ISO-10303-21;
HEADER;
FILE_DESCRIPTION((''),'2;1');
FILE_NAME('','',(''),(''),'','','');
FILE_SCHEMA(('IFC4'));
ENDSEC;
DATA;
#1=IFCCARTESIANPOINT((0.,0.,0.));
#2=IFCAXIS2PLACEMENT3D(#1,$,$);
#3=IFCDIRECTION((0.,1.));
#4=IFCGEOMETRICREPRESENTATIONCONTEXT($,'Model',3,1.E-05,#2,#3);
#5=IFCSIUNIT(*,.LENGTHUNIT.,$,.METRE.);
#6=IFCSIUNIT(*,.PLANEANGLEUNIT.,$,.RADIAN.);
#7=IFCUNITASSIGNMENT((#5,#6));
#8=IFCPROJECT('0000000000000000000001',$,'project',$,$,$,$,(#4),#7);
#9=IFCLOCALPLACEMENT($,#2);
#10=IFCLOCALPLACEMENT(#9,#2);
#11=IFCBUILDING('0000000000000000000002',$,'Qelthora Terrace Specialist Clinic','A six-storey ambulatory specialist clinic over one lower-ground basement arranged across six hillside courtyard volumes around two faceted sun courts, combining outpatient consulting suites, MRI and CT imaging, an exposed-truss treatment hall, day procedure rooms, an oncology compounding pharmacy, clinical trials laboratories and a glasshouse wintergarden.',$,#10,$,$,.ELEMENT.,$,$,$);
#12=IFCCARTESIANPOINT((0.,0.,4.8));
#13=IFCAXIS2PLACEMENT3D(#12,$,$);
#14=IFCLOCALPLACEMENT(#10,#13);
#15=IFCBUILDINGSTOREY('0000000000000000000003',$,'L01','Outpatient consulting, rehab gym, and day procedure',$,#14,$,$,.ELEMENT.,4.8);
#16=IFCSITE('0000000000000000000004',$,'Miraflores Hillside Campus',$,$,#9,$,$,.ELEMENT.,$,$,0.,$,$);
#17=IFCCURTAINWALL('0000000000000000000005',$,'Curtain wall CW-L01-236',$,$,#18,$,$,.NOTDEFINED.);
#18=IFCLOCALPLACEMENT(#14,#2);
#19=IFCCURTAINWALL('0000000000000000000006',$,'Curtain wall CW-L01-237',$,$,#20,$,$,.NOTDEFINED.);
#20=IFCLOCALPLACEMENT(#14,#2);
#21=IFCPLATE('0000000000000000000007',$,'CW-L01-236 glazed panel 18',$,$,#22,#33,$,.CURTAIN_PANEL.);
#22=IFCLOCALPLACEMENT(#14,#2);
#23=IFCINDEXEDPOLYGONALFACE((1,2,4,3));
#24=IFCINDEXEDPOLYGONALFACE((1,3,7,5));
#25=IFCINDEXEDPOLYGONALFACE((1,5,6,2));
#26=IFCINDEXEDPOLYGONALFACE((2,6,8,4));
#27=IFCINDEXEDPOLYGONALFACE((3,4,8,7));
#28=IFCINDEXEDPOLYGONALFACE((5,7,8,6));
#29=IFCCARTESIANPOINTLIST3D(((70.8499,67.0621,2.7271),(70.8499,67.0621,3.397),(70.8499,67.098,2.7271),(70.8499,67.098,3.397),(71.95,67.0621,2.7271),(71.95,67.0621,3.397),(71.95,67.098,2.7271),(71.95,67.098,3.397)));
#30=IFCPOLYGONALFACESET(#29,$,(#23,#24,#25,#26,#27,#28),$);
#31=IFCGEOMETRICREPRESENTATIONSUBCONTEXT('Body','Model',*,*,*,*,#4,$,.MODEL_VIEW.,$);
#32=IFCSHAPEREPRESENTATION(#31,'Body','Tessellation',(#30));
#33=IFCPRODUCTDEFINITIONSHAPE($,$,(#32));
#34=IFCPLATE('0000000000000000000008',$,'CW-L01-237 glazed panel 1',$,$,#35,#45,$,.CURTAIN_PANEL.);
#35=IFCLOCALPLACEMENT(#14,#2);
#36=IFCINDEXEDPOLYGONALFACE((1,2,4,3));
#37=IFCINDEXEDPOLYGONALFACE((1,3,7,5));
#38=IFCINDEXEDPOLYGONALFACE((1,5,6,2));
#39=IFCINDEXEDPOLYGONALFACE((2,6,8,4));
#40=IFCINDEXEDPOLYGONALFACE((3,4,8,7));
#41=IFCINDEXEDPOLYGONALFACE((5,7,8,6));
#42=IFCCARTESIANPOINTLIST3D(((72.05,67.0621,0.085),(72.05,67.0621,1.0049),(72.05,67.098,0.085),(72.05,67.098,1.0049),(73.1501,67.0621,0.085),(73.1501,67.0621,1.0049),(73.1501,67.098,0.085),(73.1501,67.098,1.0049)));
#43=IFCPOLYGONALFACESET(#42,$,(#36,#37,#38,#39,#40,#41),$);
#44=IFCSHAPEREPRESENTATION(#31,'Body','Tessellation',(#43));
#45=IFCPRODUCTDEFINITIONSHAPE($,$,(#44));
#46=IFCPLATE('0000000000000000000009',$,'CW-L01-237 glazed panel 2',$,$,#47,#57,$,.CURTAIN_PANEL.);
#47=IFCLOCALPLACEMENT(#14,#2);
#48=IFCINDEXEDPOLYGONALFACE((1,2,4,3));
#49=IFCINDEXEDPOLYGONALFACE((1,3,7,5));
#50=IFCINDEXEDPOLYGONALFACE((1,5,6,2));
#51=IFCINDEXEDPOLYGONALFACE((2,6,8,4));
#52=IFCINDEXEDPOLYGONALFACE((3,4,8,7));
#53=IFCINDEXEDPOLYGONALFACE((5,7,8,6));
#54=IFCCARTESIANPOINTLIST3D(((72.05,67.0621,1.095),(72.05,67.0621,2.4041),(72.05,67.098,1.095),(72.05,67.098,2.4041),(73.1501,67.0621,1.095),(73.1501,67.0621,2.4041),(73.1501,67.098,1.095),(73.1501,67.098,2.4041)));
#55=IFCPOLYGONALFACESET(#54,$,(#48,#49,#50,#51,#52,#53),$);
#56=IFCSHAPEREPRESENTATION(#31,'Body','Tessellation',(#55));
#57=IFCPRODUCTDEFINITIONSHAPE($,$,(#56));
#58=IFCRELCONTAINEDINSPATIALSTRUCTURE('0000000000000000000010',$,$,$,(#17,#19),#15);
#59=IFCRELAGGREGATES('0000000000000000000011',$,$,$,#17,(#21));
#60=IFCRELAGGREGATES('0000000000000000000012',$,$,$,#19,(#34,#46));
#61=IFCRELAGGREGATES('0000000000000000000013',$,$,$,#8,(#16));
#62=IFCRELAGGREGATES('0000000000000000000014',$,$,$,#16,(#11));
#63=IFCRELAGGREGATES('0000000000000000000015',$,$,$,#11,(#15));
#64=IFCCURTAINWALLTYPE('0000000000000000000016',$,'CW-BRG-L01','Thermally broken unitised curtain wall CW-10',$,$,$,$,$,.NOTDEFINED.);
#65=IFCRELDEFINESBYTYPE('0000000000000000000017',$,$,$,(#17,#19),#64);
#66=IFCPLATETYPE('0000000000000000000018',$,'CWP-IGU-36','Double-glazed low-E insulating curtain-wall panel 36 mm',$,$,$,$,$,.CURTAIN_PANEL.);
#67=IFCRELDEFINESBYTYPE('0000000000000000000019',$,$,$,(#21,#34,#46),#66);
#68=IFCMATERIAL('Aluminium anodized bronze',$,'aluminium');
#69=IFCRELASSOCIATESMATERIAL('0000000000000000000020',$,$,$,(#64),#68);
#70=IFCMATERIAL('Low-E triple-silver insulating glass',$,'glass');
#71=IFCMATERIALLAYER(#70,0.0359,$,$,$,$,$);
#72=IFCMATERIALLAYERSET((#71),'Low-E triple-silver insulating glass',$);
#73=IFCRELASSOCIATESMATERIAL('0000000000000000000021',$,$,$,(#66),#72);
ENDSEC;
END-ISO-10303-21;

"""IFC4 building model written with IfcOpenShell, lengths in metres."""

from ifc_helpers import new_model, si_unit, direction, frame, origin, origin_2d, place, context, subcontext, project, spatial, rectangle, extrude, material, layer, layer_set, type_object, element, aggregate, save


model = new_model("IFC4")

# Units and contexts
model_context = context("Model", 3, precision=1e-05, world=origin(), true_north=direction((0.0, 1.0)))
body_context = subcontext(model_context, "Body", "Model", "MODEL_VIEW")
ifc_project = project(units=[si_unit("LENGTHUNIT", "METRE"), si_unit("PLANEANGLEUNIT", "RADIAN")], contexts=[model_context])

# Site, building, storey
site_placement = place(None, origin())
site = spatial("IfcSite", under=ifc_project, at=site_placement, Name="Miraflores Hillside Campus", CompositionType="ELEMENT", RefElevation=0.0)
building_placement = place(site_placement, origin())
building = spatial("IfcBuilding", under=site, at=building_placement, Name="Qelthora Terrace Specialist Clinic", Description="A six-storey ambulatory specialist clinic over one lower-ground basement arranged across six hillside courtyard volumes around two faceted sun courts, combining outpatient consulting suites, MRI and CT imaging, an exposed-truss treatment hall, day procedure rooms, an oncology compounding pharmacy, clinical trials laboratories and a glasshouse wintergarden.", CompositionType="ELEMENT")
storey_placement = place(building_placement, frame((0.0, 0.0, 4.8)))
storey = spatial("IfcBuildingStorey", under=building, at=storey_placement, Name="L01", Description="Outpatient consulting, rehab gym, and day procedure", CompositionType="ELEMENT", Elevation=4.8)

# Curtain walls
ifc_material_1 = material(Name="Aluminium anodized bronze", Category="aluminium")
curtain_wall_type = type_object("IfcCurtainWallType", Name="CW-BRG-L01", Description="Thermally broken unitised curtain wall CW-10", PredefinedType="NOTDEFINED", material=ifc_material_1)
curtain_wall_1_placement = place(storey_placement, origin())
curtain_wall_1 = element("IfcCurtainWall", 1, at=curtain_wall_1_placement, inside=storey, type_object=curtain_wall_type, Name="Curtain wall CW-L01-236", PredefinedType="NOTDEFINED")
curtain_wall_2_placement = place(storey_placement, origin())
curtain_wall_2 = element("IfcCurtainWall", 2, at=curtain_wall_2_placement, inside=storey, type_object=curtain_wall_type, Name="Curtain wall CW-L01-237", PredefinedType="NOTDEFINED")

# Plates
ifc_material_2 = material(Name="Low-E triple-silver insulating glass", Category="glass")
ifc_layer = layer(ifc_material_2, 0.0359)
ifc_layer_set = layer_set([ifc_layer], Name="Low-E triple-silver insulating glass")
plate_type = type_object("IfcPlateType", Name="CWP-IGU-36", Description="Double-glazed low-E insulating curtain-wall panel 36 mm", PredefinedType="CURTAIN_PANEL", material=ifc_layer_set)
plate_1_placement = place(storey_placement, frame((71.3999, 67.0801, 2.7271), z_axis=(0.0, 0.0, 1.0), x_axis=(1.0, 0.0, 0.0)))
plate_1 = element("IfcPlate", 3, at=plate_1_placement, type_object=plate_type, Name="CW-L01-236 glazed panel 18", PredefinedType="CURTAIN_PANEL", context=body_context, shape_type="SweptSolid", body=[
    extrude(rectangle(XDim=1.1001, YDim=0.0359, at=origin_2d()), origin(), (0.0, 0.0, 1.0), 0.6699),
])
aggregate(curtain_wall_1, [plate_1])
plate_2_placement = place(storey_placement, frame((72.6001, 67.0801, 0.085), z_axis=(0.0, 0.0, 1.0), x_axis=(1.0, 0.0, 0.0)))
plate_2 = element("IfcPlate", 4, at=plate_2_placement, type_object=plate_type, Name="CW-L01-237 glazed panel 1", PredefinedType="CURTAIN_PANEL", context=body_context, shape_type="SweptSolid", body=[
    extrude(rectangle(XDim=1.1001, YDim=0.0359, at=origin_2d()), origin(), (0.0, 0.0, 1.0), 0.9199),
])
plate_3_placement = place(storey_placement, frame((72.6001, 67.0801, 1.095), z_axis=(0.0, 0.0, 1.0), x_axis=(1.0, 0.0, 0.0)))
plate_3 = element("IfcPlate", 5, at=plate_3_placement, type_object=plate_type, Name="CW-L01-237 glazed panel 2", PredefinedType="CURTAIN_PANEL", context=body_context, shape_type="SweptSolid", body=[
    extrude(rectangle(XDim=1.1001, YDim=0.0359, at=origin_2d()), origin(), (0.0, 0.0, 1.0), 1.3091),
])
aggregate(curtain_wall_2, [plate_2, plate_3])

save(model, "model.ifc")
